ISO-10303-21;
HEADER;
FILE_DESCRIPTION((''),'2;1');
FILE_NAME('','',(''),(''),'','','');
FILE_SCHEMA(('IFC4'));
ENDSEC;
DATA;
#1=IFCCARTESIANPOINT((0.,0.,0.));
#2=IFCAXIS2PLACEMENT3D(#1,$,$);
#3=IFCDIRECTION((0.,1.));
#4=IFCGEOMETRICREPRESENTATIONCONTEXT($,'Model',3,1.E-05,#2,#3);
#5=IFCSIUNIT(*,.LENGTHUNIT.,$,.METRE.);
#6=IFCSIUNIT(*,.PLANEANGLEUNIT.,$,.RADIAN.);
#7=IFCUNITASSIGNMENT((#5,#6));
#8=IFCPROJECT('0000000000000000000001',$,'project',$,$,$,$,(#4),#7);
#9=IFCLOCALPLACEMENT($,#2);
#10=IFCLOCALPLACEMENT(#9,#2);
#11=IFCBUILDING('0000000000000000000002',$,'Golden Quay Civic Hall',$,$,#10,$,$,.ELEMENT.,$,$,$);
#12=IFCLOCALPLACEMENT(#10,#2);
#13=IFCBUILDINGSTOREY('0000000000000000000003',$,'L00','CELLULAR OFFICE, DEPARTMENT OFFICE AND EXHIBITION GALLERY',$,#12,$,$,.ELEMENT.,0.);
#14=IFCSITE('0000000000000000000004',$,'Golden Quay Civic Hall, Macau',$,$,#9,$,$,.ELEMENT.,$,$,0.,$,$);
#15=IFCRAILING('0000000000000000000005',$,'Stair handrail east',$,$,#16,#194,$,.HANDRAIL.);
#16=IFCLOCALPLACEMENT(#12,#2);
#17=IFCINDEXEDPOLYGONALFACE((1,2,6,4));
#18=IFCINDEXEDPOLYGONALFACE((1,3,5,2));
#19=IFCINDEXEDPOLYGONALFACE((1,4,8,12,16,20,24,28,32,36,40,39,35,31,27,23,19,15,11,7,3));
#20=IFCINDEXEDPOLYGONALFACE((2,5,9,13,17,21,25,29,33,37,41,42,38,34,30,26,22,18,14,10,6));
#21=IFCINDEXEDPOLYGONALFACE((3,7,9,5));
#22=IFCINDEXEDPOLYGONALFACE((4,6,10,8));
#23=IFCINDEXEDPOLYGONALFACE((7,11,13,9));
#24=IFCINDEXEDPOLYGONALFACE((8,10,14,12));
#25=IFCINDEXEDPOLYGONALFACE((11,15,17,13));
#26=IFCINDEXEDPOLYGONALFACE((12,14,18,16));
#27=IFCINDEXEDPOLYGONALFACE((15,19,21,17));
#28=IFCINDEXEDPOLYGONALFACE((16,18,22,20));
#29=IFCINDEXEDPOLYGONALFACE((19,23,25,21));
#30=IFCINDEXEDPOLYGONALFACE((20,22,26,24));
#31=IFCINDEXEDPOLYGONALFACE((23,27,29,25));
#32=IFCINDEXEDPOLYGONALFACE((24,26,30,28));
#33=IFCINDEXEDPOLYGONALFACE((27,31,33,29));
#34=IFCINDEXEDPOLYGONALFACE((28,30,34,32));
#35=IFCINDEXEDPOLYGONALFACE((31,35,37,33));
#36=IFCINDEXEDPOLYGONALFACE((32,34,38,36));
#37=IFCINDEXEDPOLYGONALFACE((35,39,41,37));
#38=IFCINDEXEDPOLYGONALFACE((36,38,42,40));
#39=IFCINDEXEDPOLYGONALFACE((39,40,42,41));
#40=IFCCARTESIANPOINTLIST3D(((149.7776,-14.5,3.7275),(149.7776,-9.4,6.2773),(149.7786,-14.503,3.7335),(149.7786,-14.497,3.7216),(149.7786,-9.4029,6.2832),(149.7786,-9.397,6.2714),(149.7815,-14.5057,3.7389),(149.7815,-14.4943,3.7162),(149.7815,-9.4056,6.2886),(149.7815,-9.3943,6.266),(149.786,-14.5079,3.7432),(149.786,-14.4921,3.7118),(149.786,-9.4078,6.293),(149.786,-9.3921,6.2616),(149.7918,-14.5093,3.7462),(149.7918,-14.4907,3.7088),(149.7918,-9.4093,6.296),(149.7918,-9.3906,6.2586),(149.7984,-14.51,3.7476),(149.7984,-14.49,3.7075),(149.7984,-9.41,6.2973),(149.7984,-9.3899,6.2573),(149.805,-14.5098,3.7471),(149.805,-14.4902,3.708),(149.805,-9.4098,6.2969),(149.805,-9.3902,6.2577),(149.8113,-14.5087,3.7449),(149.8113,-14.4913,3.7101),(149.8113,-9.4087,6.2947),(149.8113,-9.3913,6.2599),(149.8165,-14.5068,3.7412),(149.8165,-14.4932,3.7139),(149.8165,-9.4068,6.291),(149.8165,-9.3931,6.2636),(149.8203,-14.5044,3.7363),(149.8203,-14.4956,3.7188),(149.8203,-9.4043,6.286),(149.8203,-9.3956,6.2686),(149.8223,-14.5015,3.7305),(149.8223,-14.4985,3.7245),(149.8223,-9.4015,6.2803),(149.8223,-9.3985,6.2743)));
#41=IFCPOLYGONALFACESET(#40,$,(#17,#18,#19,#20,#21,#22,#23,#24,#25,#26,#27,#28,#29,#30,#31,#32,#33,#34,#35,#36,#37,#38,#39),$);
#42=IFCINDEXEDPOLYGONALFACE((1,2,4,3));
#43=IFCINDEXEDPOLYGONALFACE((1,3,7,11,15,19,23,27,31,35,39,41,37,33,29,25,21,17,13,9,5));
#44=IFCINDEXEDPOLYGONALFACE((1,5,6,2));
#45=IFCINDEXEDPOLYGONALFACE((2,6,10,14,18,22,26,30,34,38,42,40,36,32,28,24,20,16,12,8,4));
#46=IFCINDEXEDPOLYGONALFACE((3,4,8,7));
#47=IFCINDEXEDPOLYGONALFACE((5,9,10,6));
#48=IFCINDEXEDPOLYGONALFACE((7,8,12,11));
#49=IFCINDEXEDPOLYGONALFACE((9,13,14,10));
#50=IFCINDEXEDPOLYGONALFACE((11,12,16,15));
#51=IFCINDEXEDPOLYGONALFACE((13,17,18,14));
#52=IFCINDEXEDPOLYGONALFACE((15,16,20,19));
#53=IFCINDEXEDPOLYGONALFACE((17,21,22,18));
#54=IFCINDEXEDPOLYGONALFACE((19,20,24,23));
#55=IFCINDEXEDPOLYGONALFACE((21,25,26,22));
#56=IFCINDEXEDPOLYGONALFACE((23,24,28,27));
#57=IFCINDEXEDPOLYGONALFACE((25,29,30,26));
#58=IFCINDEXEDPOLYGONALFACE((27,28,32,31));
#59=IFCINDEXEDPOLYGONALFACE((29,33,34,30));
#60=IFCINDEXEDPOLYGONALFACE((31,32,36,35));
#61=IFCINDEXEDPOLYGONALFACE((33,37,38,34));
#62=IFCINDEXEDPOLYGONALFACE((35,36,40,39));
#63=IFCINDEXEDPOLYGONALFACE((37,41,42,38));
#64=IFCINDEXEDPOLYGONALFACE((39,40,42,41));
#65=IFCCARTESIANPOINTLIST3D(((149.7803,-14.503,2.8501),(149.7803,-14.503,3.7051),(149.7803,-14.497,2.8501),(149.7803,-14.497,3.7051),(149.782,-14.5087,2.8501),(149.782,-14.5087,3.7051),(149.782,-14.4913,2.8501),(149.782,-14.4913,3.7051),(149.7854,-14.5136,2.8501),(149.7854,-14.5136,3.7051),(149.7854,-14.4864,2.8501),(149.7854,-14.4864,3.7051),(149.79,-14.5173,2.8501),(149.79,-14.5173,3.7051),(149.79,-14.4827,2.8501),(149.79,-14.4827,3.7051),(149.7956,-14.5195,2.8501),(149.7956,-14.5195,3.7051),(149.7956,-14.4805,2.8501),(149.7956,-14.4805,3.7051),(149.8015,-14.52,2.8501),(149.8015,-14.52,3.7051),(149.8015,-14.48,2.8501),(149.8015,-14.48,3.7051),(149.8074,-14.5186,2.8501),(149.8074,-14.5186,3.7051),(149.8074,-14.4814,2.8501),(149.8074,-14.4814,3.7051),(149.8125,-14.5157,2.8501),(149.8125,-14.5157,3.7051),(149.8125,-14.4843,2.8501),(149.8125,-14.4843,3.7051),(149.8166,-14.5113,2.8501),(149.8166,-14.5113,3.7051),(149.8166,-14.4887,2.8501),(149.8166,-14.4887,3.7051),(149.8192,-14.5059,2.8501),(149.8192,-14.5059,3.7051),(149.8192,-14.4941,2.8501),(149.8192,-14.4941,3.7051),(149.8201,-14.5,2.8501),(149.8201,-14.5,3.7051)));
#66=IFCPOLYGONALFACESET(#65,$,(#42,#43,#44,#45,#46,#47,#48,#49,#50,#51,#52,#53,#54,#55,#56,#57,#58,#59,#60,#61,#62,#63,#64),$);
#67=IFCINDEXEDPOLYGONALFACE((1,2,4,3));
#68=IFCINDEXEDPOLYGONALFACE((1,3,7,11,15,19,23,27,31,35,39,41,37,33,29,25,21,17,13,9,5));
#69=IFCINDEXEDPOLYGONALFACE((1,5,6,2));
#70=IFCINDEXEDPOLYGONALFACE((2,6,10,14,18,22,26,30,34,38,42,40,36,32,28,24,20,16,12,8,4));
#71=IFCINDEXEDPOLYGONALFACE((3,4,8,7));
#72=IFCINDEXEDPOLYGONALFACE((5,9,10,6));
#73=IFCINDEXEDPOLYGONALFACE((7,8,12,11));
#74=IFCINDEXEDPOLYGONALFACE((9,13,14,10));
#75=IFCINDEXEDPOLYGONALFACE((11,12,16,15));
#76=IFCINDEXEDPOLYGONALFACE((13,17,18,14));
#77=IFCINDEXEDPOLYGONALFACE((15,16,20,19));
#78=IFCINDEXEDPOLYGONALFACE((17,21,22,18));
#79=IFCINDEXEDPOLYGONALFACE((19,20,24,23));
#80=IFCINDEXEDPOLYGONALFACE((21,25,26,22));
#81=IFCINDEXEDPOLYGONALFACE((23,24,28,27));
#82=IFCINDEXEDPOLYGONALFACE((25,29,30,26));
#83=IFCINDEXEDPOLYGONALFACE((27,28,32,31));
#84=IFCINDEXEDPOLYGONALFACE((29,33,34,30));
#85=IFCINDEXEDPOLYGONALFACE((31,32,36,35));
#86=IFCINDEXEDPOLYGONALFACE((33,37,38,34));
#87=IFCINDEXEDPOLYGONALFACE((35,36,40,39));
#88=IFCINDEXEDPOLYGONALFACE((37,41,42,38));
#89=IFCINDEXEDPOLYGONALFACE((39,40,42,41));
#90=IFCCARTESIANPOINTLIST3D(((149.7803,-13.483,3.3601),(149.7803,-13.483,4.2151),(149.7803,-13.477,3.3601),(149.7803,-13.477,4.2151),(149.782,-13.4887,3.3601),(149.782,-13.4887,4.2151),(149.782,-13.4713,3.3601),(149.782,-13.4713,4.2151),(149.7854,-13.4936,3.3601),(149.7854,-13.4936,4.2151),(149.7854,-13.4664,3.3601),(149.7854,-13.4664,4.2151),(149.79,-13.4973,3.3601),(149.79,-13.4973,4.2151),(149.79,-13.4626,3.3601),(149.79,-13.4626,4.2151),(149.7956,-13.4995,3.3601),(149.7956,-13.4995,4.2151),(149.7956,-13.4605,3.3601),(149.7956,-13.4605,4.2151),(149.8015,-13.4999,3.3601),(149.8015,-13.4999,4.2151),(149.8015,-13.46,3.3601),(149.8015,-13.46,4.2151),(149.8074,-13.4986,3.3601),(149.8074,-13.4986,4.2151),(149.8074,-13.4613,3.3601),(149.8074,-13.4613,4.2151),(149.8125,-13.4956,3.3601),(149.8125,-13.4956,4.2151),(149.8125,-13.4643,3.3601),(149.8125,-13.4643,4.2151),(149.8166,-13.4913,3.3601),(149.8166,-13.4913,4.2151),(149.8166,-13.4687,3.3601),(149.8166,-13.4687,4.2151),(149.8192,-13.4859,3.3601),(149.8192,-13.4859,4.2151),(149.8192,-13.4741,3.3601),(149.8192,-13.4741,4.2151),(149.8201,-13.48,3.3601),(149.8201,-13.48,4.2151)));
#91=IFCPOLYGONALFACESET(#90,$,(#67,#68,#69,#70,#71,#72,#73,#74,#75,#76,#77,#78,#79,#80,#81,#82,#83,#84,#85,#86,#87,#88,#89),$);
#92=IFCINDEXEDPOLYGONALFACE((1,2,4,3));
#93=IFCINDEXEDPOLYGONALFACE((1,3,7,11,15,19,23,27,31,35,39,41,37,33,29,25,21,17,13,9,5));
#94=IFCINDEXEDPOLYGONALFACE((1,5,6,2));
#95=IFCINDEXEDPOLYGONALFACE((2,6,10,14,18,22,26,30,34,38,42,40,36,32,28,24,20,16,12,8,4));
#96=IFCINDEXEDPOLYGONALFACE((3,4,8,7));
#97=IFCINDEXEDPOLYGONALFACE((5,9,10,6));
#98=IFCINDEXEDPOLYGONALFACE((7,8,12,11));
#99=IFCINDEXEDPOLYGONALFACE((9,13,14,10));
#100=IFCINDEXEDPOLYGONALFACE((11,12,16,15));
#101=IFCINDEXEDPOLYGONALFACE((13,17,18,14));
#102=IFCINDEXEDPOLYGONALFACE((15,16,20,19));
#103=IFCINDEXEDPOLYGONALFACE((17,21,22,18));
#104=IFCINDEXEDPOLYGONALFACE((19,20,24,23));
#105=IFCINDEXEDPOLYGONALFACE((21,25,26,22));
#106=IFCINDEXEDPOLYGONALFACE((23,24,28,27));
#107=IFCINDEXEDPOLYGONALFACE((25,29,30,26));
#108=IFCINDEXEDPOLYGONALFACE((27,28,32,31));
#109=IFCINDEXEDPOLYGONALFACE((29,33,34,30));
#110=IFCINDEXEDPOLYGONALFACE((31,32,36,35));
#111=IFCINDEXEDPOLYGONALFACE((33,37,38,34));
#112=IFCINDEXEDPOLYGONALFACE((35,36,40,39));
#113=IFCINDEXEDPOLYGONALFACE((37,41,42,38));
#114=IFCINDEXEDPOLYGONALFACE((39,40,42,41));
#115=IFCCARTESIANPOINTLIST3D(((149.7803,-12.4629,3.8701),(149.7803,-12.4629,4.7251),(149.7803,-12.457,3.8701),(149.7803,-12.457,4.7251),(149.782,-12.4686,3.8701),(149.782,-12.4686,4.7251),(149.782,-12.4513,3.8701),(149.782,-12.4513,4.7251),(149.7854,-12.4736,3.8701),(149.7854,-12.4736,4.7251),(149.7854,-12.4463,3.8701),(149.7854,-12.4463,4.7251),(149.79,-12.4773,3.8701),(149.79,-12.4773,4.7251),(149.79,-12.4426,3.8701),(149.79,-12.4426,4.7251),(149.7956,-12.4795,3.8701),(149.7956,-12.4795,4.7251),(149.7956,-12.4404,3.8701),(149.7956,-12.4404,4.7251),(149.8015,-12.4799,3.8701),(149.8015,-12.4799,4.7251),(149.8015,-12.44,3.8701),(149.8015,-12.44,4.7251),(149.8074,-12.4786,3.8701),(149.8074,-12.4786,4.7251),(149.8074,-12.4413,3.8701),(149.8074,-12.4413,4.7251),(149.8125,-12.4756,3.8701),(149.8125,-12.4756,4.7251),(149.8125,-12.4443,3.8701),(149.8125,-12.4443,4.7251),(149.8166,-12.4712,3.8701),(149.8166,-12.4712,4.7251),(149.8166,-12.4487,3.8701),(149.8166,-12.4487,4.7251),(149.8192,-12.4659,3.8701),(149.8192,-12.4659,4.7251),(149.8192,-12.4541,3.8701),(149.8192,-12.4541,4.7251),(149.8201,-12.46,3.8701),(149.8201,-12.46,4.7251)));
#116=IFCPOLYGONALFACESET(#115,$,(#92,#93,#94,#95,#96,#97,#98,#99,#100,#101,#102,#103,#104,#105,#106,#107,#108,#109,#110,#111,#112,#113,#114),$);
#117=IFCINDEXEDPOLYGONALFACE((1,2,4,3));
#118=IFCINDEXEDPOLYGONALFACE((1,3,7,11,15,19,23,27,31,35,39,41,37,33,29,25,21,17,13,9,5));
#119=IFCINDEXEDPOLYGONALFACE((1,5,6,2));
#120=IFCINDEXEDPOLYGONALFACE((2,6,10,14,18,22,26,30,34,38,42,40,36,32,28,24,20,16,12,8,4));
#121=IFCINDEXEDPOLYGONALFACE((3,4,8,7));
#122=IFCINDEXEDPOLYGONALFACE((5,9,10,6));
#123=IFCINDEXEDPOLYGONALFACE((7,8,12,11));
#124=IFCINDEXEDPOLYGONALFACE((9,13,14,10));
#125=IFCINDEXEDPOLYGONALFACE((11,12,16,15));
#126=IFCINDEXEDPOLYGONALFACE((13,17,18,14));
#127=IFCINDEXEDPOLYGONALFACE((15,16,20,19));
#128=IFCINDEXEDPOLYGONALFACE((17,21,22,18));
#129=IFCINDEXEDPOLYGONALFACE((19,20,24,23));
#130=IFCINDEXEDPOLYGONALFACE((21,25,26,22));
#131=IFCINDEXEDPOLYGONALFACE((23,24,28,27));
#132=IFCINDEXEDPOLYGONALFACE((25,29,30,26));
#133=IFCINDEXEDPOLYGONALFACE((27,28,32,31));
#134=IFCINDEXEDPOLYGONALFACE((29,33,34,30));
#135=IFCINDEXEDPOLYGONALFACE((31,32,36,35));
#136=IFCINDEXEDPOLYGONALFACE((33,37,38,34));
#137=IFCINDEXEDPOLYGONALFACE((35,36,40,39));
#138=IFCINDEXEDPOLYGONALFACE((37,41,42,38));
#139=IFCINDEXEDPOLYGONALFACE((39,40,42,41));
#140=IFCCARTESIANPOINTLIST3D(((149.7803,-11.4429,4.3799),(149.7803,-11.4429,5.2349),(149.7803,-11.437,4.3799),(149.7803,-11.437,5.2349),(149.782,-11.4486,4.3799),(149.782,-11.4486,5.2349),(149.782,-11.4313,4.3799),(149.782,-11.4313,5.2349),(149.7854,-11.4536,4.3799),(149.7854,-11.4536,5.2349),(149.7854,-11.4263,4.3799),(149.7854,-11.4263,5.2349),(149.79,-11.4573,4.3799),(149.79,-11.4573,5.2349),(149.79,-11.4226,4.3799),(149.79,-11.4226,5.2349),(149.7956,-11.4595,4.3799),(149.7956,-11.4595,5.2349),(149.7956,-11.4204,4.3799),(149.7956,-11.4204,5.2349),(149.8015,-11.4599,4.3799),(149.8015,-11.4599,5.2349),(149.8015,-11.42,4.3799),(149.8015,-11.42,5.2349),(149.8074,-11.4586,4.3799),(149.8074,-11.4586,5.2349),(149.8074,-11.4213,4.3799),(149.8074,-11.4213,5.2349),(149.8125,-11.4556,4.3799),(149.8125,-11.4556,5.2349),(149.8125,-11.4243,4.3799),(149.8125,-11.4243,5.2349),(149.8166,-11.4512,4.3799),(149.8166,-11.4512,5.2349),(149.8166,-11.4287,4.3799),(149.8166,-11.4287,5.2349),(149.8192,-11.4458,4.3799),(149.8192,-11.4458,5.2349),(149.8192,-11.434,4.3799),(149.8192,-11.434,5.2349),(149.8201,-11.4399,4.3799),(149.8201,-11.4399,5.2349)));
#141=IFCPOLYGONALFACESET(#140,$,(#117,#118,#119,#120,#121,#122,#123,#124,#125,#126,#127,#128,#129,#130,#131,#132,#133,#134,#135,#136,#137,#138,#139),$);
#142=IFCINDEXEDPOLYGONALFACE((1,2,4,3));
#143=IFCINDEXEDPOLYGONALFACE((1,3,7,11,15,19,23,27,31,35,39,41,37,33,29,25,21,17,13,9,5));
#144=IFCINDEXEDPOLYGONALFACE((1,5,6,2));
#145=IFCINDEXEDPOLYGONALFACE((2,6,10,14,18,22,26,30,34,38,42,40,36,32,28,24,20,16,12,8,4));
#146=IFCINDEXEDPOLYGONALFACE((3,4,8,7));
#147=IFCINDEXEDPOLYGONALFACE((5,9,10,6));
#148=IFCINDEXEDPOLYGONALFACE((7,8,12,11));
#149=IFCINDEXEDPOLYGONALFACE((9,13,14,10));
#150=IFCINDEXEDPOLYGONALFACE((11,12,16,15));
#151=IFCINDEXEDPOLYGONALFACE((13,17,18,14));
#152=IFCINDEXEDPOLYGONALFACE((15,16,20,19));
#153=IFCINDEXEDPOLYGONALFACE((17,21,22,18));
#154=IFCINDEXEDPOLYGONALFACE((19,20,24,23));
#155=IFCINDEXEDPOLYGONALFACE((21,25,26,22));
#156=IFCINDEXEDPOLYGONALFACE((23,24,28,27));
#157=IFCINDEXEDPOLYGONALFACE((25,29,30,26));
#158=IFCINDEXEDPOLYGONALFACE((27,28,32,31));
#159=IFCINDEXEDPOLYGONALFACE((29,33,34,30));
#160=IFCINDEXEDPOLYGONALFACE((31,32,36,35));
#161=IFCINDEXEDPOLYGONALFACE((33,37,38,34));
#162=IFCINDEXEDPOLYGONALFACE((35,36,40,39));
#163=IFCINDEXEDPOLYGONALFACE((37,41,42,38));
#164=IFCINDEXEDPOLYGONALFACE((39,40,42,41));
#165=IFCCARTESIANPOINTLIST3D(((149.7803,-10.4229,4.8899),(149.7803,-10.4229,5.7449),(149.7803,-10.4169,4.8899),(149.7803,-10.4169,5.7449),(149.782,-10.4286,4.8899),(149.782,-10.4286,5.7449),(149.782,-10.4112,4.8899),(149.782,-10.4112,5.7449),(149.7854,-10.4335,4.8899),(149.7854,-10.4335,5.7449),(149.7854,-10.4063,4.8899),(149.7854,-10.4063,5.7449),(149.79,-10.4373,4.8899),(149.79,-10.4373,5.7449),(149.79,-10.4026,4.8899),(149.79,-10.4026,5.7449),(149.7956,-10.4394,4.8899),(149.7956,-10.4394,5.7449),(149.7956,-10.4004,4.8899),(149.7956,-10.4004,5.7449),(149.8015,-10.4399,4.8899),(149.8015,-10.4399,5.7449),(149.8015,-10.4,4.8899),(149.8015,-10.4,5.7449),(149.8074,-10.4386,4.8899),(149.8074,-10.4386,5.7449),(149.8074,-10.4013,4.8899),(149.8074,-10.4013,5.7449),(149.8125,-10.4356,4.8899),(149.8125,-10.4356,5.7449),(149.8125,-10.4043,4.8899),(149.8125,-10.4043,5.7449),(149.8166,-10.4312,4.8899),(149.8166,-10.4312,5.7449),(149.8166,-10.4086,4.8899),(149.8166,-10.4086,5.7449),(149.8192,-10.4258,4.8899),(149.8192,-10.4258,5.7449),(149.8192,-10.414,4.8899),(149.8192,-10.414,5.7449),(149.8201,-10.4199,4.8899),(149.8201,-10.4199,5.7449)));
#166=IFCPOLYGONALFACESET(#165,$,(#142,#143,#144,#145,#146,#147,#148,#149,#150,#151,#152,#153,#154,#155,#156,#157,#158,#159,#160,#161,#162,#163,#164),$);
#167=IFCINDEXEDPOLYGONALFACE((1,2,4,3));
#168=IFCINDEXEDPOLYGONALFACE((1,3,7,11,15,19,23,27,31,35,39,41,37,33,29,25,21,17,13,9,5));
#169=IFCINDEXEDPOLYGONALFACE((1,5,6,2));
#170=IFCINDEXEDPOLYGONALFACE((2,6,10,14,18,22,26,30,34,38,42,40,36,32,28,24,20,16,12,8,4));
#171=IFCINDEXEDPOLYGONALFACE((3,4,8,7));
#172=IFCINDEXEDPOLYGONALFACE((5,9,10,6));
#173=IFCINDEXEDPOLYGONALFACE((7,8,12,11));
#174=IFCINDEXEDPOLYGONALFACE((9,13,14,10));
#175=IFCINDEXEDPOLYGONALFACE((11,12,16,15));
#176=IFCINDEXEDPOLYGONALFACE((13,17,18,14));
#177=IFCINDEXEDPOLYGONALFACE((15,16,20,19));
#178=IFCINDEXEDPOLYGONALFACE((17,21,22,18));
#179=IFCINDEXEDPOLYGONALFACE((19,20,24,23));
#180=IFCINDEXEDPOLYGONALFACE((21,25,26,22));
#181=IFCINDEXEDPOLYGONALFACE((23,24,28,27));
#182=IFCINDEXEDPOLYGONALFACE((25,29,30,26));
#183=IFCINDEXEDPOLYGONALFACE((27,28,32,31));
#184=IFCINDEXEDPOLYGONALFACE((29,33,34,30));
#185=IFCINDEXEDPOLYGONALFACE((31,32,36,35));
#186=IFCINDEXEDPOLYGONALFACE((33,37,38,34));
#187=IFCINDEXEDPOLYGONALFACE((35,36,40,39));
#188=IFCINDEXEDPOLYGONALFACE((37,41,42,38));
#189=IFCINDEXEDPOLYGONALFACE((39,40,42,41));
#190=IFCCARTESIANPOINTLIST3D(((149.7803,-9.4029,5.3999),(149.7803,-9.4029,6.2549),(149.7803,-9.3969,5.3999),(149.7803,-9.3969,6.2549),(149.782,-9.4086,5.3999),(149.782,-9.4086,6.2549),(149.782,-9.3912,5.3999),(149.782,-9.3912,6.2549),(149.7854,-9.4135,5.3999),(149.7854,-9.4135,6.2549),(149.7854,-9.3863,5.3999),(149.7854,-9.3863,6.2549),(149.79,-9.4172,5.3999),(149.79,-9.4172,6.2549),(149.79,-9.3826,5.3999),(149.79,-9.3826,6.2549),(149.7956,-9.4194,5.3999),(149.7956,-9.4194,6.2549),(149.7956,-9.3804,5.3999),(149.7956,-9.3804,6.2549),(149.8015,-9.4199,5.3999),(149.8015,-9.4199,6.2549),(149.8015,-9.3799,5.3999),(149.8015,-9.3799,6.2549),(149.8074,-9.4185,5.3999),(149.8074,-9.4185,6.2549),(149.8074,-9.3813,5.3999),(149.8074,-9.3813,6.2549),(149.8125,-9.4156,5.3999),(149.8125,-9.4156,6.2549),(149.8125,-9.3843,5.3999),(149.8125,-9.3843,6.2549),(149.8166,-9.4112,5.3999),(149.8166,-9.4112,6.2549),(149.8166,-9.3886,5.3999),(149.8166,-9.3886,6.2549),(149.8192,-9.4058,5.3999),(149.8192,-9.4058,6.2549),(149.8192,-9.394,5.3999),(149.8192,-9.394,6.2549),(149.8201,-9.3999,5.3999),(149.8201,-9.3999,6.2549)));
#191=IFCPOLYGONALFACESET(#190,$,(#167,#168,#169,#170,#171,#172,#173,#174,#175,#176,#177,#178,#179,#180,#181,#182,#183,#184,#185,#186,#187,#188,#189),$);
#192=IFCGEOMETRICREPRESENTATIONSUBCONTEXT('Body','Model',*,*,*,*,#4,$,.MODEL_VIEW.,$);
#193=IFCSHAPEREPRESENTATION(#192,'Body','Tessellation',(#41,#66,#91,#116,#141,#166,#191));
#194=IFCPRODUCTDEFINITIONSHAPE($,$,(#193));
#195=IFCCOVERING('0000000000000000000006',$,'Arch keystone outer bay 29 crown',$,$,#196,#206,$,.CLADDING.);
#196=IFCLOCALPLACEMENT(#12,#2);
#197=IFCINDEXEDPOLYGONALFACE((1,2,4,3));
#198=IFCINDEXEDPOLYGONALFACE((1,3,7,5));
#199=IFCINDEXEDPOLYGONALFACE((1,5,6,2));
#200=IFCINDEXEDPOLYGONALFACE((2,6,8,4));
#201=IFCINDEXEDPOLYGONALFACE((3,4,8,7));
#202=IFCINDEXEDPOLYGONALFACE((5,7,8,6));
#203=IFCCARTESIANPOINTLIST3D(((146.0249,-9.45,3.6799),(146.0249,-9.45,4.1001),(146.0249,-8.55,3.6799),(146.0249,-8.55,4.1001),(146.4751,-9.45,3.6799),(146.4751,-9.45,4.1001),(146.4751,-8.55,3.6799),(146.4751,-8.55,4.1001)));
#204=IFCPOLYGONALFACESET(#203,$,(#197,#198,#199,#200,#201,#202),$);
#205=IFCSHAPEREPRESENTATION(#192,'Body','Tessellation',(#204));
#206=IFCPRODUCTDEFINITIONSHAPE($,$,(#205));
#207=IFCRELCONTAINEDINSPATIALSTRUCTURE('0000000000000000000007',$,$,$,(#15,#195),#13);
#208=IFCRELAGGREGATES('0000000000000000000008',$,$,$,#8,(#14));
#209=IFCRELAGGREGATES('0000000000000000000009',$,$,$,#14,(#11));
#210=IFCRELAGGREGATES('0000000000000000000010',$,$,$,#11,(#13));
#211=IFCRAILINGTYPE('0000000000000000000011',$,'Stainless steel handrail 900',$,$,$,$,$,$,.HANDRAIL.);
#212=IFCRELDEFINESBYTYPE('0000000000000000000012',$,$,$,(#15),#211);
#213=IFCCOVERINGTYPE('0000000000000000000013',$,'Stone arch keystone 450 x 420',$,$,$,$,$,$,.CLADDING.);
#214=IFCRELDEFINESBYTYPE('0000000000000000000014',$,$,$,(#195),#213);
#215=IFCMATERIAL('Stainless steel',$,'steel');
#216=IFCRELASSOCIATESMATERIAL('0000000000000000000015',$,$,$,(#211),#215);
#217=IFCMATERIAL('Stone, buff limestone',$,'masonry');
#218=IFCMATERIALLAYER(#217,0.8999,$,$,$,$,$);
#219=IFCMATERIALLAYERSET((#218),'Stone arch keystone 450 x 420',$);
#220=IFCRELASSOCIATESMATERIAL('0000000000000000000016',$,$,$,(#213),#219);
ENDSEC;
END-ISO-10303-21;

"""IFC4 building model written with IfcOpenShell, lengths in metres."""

from ifc_helpers import new_model, si_unit, direction, frame, origin, origin_2d, place, context, subcontext, project, spatial, polyline, circle, outline, extrude, material, layer, layer_set, type_object, element, save


model = new_model("IFC4")

# Units and contexts
model_context = context("Model", 3, precision=1e-05, world=origin(), true_north=direction((0.0, 1.0)))
body_context = subcontext(model_context, "Body", "Model", "MODEL_VIEW")
ifc_project = project(units=[si_unit("LENGTHUNIT", "METRE"), si_unit("PLANEANGLEUNIT", "RADIAN")], contexts=[model_context])

# Site, building, storey
site_placement = place(None, origin())
site = spatial("IfcSite", under=ifc_project, at=site_placement, Name="Golden Quay Civic Hall, Macau", CompositionType="ELEMENT", RefElevation=0.0)
building_placement = place(site_placement, origin())
building = spatial("IfcBuilding", under=site, at=building_placement, Name="Golden Quay Civic Hall", CompositionType="ELEMENT")
storey_placement = place(building_placement, origin())
storey = spatial("IfcBuildingStorey", under=building, at=storey_placement, Name="L00", Description="CELLULAR OFFICE, DEPARTMENT OFFICE AND EXHIBITION GALLERY", CompositionType="ELEMENT", Elevation=0.0)

# Railing
ifc_material_1 = material(Name="Stainless steel", Category="steel")
railing_type_1 = type_object("IfcRailingType", Name="Stainless steel handrail 900", PredefinedType="HANDRAIL", material=ifc_material_1)
railing_1_placement = place(storey_placement, frame((149.8, -14.5, 2.8501)))
element("IfcRailing", 1, at=railing_1_placement, inside=storey, type_object=railing_type_1, Name="Stair handrail east", PredefinedType="HANDRAIL", context=body_context, shape_type="SweptSolid", body=[
    extrude(circle(Radius=0.0225, at=origin_2d()), frame((0.0, 0.0, 0.8774), z_axis=(0.0, 0.894444, 0.447179), x_axis=(-1.0, 0.0, 0.0)), (0.0, 0.0, 1.0), 5.7019),
    extrude(circle(Radius=0.02, at=origin_2d()), origin(), (0.0, 0.0, 1.0), 0.855),
    extrude(circle(Radius=0.02, at=origin_2d()), frame((0.0, 1.02, 0.51)), (0.0, 0.0, 1.0), 0.855),
    extrude(circle(Radius=0.02, at=origin_2d()), frame((0.0, 2.04, 1.02)), (0.0, 0.0, 1.0), 0.855),
    extrude(circle(Radius=0.02, at=origin_2d()), frame((0.0, 3.0601, 1.5298)), (0.0, 0.0, 1.0), 0.855),
    extrude(circle(Radius=0.02, at=origin_2d()), frame((0.0, 4.0801, 2.0398)), (0.0, 0.0, 1.0), 0.855),
    extrude(circle(Radius=0.02, at=origin_2d()), frame((0.0, 5.1001, 2.5498)), (0.0, 0.0, 1.0), 0.855),
])

# Covering
ifc_material_2 = material(Name="Stone, buff limestone", Category="masonry")
ifc_layer_1 = layer(ifc_material_2, 0.8999)
ifc_layer_set_1 = layer_set([ifc_layer_1], Name="Stone arch keystone 450 x 420")
covering_type_1 = type_object("IfcCoveringType", Name="Stone arch keystone 450 x 420", PredefinedType="CLADDING", material=ifc_layer_set_1)
for number, where, z_axis, x_axis, name in (
    (2, (146.0249, -9.45, 3.6799), (0.0, -1.0, 0.0), (1.0, 0.0, 0.0), "Arch keystone outer bay 29 crown"),
):
    element("IfcCovering", number, at=place(storey_placement, frame(where, z_axis=z_axis, x_axis=x_axis)), inside=storey, type_object=covering_type_1, Name=name, PredefinedType="CLADDING", context=body_context, shape_type="SweptSolid", body=[
        extrude(outline(polyline([(0.0, 0.0), (0.4502, 0.0), (0.4502, 0.4202), (0.0, 0.4202), (0.0, 0.0)])), origin(), (0.0, 0.0, -1.0), 0.8999),
    ])

save(model, "model.ifc")
